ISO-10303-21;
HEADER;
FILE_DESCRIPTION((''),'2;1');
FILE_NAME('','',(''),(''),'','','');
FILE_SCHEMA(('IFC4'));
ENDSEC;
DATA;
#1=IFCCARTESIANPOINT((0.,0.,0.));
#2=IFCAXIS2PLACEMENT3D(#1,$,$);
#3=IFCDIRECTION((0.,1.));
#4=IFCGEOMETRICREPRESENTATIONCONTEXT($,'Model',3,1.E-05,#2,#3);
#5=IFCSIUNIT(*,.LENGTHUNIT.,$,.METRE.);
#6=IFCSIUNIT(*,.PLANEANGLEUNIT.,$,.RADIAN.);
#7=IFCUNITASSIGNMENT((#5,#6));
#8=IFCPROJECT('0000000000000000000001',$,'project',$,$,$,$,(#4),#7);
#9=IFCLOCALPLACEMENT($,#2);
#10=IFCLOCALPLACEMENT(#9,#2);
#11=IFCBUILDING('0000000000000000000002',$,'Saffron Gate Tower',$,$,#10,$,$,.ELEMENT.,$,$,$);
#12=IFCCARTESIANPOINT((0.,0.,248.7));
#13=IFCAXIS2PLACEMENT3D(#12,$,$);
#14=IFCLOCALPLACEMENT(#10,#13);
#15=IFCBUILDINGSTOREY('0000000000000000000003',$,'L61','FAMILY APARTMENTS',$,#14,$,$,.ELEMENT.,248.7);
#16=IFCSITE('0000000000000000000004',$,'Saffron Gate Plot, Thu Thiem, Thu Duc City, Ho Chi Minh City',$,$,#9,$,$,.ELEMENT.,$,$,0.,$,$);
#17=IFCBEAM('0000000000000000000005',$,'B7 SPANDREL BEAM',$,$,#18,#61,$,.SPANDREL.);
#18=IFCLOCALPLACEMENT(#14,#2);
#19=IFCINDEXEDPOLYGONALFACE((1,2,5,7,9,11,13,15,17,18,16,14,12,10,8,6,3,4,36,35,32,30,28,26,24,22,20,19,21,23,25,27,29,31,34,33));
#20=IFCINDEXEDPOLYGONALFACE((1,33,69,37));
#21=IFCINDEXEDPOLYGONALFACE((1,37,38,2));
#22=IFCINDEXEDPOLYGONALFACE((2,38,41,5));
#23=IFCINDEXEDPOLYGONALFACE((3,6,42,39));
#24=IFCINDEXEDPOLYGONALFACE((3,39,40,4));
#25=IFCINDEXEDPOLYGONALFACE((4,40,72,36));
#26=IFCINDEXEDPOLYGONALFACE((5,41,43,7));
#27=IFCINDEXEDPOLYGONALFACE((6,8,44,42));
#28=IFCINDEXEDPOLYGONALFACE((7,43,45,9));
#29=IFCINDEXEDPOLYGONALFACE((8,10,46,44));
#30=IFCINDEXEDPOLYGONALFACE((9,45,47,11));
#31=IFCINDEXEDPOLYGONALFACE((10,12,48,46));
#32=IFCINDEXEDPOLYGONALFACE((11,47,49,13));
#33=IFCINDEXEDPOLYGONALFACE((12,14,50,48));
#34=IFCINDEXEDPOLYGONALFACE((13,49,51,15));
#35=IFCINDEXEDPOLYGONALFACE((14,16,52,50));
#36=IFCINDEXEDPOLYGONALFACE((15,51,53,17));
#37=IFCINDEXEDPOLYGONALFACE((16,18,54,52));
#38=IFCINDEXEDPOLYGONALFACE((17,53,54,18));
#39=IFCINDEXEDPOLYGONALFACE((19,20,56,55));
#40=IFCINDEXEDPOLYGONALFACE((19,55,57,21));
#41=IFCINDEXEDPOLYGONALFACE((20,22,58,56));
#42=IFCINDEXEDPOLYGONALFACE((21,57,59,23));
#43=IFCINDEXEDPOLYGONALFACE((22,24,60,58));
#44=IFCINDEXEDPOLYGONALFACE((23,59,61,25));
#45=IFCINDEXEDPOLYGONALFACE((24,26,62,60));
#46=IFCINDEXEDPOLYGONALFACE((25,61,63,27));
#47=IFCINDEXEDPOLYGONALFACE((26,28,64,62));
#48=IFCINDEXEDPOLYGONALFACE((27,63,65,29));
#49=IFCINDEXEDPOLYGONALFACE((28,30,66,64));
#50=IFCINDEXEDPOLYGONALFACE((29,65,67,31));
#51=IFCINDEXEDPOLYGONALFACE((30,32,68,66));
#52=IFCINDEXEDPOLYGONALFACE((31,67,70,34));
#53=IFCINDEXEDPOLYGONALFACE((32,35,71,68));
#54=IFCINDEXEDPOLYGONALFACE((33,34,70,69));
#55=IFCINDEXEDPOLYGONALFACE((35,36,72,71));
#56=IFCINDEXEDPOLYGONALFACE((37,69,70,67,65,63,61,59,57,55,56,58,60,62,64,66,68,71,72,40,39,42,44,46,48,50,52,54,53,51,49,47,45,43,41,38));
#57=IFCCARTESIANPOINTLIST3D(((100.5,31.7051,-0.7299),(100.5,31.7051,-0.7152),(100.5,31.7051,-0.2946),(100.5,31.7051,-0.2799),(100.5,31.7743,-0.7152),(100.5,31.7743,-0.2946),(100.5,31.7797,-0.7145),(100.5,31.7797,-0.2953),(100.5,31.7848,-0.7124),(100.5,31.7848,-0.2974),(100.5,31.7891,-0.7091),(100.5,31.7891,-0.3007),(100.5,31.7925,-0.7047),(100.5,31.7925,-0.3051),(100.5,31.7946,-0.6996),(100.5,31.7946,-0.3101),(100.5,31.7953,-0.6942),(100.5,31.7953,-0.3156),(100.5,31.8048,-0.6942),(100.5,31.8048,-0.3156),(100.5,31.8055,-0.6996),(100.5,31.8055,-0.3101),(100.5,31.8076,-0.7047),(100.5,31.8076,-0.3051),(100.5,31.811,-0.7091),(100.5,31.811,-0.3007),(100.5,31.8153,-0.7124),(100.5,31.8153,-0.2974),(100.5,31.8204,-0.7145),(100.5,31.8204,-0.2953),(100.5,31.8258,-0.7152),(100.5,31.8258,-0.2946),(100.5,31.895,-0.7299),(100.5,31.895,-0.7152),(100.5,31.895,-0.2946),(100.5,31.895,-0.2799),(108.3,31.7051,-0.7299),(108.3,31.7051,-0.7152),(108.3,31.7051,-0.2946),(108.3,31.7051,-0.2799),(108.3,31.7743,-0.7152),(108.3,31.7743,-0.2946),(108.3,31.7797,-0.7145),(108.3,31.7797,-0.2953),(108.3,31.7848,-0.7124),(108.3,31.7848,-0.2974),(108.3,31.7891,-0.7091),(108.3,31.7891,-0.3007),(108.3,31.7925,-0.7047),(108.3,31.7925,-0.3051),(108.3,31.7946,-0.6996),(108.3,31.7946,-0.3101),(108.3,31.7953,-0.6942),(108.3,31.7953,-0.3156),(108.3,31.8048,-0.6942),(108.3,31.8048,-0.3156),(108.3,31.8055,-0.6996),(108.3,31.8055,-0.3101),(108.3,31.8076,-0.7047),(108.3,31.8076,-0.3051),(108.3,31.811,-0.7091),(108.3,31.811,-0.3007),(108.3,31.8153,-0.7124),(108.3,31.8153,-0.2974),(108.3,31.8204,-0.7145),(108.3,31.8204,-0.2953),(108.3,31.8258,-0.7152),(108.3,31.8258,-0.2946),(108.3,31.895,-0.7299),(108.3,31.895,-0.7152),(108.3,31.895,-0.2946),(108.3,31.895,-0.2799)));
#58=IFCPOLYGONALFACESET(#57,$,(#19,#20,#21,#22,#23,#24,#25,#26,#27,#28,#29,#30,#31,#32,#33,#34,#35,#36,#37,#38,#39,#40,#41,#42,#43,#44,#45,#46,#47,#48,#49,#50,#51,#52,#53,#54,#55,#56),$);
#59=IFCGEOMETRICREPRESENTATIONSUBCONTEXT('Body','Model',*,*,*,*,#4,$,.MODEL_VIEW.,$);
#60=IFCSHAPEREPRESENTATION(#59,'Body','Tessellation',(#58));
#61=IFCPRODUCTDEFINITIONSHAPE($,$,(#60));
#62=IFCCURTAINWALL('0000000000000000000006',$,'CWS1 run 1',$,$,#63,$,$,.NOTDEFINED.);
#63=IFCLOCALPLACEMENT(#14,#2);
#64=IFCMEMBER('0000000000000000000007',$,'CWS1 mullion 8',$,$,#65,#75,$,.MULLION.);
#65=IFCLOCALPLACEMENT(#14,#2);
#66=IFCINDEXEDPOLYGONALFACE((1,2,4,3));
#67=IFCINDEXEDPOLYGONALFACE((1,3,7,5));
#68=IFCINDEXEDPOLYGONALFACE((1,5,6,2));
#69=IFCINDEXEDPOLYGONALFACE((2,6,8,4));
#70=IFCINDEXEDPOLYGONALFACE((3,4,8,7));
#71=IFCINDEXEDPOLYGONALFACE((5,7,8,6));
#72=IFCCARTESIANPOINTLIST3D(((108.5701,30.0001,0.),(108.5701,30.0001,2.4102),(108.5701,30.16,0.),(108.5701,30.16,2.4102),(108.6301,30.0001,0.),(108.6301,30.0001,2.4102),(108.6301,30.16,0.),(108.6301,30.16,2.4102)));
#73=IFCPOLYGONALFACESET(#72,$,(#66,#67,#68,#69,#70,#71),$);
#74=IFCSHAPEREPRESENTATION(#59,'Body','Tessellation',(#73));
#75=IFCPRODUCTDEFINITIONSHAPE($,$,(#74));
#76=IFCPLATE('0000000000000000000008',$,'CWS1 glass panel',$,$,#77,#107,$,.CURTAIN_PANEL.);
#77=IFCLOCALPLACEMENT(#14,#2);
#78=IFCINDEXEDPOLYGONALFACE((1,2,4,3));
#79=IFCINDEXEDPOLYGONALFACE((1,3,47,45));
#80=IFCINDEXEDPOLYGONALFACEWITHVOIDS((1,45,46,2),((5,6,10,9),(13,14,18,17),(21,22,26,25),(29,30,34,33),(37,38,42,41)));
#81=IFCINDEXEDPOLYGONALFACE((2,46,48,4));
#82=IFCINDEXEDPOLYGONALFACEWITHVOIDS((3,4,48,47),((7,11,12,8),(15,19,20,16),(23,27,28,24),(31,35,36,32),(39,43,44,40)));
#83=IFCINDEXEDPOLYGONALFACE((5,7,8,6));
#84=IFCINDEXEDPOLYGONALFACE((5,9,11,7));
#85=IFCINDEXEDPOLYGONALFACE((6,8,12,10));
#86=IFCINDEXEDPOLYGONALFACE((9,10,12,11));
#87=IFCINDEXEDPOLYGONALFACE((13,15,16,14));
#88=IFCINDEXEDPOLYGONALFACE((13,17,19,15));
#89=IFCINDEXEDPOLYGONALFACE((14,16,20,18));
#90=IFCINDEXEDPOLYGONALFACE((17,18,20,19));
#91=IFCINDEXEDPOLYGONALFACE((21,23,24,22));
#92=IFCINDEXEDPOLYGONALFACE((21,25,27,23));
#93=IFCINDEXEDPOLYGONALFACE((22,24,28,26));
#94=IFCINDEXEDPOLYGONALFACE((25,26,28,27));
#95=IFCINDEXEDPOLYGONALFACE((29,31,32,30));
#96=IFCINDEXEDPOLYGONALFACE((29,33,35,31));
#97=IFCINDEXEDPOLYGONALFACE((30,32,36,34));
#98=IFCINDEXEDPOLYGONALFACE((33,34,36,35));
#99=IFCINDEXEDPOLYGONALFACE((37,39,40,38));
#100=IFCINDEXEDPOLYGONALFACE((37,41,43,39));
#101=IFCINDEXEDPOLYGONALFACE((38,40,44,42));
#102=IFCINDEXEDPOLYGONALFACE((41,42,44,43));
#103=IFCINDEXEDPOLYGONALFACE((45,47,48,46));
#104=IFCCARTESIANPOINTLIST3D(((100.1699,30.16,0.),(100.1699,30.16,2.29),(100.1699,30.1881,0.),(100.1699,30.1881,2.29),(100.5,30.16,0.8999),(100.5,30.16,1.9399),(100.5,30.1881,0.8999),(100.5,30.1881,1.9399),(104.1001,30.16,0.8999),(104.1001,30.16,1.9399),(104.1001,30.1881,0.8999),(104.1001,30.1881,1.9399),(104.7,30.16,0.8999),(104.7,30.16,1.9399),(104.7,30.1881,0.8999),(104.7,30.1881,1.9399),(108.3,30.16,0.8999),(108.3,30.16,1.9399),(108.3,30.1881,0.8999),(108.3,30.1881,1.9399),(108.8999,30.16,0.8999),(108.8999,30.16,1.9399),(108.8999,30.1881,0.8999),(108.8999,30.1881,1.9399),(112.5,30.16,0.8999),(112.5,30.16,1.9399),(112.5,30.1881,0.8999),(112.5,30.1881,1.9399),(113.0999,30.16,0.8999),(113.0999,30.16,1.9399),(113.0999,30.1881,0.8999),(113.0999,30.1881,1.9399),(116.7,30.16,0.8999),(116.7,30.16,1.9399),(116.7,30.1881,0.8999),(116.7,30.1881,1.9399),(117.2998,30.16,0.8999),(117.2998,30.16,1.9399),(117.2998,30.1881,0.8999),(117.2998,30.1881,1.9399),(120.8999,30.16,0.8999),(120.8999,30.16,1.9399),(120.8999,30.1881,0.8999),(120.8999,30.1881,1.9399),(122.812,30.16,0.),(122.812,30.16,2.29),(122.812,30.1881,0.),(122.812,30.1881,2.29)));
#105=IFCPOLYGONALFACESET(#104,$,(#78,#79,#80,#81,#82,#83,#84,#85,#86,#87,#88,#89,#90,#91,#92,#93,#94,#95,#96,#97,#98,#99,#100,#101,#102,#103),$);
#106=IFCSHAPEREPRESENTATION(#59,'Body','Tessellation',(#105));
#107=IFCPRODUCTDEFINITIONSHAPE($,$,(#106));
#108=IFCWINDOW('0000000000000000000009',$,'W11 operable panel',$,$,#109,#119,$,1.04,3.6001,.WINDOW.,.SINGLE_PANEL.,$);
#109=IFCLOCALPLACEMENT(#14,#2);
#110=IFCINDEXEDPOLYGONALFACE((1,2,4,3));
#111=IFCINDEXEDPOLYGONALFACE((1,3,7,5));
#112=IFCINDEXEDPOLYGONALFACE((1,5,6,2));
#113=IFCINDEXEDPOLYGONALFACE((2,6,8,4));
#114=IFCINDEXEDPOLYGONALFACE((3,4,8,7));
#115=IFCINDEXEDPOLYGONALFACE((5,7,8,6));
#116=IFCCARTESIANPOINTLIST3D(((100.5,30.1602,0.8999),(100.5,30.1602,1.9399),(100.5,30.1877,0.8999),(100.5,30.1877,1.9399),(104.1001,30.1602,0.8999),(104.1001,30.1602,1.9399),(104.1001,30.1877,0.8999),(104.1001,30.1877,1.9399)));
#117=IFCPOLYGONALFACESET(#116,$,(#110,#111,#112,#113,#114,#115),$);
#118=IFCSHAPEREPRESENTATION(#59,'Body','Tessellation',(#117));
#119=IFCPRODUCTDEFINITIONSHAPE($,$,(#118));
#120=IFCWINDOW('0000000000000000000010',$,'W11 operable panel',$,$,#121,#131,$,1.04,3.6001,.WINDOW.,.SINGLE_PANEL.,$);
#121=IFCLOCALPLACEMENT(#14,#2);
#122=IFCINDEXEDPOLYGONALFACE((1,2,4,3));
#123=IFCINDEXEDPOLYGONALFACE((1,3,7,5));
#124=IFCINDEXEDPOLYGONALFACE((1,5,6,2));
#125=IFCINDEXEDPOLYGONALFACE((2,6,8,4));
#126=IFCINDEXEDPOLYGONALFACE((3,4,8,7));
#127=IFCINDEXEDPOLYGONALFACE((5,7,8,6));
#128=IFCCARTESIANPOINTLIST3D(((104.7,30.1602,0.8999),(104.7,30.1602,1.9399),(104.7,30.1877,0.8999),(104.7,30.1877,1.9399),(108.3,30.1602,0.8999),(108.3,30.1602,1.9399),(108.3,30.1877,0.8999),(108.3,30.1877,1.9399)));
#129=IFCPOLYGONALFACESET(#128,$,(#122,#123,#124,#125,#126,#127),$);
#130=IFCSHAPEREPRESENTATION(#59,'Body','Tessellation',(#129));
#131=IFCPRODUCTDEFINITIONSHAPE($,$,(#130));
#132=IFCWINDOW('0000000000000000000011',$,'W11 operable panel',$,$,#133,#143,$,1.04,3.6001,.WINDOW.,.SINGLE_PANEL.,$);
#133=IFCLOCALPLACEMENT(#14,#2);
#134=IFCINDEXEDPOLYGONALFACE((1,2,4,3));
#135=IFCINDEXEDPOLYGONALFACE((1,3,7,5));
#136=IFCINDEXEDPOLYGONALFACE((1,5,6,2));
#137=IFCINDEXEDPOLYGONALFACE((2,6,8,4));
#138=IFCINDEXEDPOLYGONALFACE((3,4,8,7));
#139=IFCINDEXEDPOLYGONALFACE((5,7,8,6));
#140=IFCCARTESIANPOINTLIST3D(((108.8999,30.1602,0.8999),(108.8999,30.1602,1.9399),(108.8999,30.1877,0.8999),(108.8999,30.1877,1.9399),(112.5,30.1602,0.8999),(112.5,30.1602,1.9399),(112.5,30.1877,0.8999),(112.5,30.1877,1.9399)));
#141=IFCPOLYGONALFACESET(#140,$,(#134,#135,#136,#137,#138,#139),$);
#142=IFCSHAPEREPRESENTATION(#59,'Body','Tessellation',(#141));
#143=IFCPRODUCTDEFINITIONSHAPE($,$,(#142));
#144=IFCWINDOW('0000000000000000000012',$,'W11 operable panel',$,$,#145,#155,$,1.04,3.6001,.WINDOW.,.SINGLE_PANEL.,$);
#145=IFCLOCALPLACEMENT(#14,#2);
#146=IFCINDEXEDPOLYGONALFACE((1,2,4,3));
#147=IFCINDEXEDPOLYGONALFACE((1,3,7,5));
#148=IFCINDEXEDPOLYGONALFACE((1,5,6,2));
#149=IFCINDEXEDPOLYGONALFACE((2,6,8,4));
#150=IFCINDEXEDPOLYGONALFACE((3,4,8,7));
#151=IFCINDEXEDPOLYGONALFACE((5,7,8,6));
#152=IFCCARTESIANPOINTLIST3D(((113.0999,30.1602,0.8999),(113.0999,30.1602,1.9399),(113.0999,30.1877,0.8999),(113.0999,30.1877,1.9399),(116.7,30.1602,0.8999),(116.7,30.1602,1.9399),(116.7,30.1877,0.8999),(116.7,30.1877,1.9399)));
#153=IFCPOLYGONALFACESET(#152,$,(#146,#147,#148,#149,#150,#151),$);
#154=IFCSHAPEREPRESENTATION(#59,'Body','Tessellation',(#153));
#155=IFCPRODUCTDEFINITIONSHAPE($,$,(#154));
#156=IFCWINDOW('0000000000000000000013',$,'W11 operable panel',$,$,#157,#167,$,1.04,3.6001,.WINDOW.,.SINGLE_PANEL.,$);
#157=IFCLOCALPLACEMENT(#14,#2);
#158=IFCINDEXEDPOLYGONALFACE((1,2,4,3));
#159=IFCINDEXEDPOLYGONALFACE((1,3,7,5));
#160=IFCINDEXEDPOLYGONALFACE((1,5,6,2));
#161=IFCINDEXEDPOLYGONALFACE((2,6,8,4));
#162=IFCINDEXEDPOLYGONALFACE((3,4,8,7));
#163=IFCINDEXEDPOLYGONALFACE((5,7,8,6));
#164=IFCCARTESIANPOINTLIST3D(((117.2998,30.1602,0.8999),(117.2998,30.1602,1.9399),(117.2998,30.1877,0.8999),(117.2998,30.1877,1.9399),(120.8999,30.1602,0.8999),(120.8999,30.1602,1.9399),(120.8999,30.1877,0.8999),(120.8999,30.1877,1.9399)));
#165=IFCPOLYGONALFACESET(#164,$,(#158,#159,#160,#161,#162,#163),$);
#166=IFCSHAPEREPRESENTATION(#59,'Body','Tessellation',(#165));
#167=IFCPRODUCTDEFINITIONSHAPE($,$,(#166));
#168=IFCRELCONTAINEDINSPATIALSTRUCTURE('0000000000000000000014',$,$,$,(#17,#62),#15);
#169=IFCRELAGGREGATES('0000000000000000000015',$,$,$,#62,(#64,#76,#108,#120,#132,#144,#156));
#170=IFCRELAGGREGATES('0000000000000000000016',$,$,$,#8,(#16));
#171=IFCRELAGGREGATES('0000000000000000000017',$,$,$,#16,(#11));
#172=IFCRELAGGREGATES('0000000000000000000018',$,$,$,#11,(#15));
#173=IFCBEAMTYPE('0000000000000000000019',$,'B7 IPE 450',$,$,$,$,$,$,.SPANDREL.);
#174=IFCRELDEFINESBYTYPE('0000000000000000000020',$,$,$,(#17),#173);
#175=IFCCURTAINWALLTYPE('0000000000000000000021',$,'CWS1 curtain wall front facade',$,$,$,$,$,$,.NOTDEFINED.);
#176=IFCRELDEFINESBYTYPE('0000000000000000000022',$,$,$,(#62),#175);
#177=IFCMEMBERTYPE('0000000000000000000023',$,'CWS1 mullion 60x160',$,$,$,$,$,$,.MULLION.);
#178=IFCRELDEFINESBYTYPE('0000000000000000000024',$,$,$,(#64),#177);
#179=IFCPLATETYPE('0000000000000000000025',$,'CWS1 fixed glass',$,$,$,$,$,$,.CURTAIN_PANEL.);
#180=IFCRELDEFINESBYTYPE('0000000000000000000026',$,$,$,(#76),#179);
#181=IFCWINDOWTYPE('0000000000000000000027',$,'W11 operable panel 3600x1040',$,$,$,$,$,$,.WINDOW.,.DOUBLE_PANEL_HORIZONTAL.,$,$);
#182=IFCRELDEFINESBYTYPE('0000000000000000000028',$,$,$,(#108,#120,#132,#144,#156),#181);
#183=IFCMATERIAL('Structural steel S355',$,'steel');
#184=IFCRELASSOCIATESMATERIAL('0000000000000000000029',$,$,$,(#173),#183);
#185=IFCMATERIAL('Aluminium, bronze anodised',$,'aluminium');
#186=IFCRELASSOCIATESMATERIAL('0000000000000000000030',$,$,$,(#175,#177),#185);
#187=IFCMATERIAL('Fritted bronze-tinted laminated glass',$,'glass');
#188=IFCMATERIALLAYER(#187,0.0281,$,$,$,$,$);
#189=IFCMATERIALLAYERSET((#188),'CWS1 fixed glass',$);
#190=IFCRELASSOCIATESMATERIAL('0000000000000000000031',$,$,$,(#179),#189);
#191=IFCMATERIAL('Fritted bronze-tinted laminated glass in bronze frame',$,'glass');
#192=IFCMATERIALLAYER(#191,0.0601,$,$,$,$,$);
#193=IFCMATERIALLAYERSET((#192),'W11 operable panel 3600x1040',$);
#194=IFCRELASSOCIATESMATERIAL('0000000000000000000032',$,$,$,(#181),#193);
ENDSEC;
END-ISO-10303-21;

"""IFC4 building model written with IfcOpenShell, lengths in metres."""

from ifc_helpers import new_model, si_unit, direction, frame, frame_2d, origin, origin_2d, place, context, subcontext, project, spatial, rectangle, i_section, extrude, material, layer, layer_set, material_profile, profile_set, type_object, element, fill, aggregate, save


model = new_model("IFC4")

# Units and contexts
model_context = context("Model", 3, precision=1e-05, world=origin(), true_north=direction((0.0, 1.0)))
body_context = subcontext(model_context, "Body", "Model", "MODEL_VIEW")
ifc_project = project(units=[si_unit("LENGTHUNIT", "METRE"), si_unit("PLANEANGLEUNIT", "RADIAN")], contexts=[model_context])

# Site, building, storey
site_placement = place(None, origin())
site = spatial("IfcSite", under=ifc_project, at=site_placement, Name="Saffron Gate Plot, Thu Thiem, Thu Duc City, Ho Chi Minh City", CompositionType="ELEMENT", RefElevation=0.0)
building_placement = place(site_placement, origin())
building = spatial("IfcBuilding", under=site, at=building_placement, Name="Saffron Gate Tower", CompositionType="ELEMENT")
storey_placement = place(building_placement, frame((0.0, 0.0, 248.7)))
storey = spatial("IfcBuildingStorey", under=building, at=storey_placement, Name="L61", Description="FAMILY APARTMENTS", CompositionType="ELEMENT", Elevation=248.7)

# Beam
ifc_material_1 = material(Name="Structural steel S355", Category="steel")
ifc_material_profile_1 = material_profile(ifc_material_1, i_section(OverallWidth=0.1899, OverallDepth=0.45, WebThickness=0.0095, FlangeThickness=0.0146, FilletRadius=0.021, at=origin_2d()))
ifc_profile_set_1 = profile_set([ifc_material_profile_1], Name="Structural steel S355")
beam_type_1 = type_object("IfcBeamType", Name="B7 IPE 450", PredefinedType="SPANDREL", material=ifc_profile_set_1)
beam_1_placement = place(storey_placement, frame((100.5, 31.8, -0.5049), z_axis=(1.0, 0.0, 0.0), x_axis=(0.0, 1.0, 0.0)))
element("IfcBeam", 1, at=beam_1_placement, inside=storey, type_object=beam_type_1, Name="B7 SPANDREL BEAM", PredefinedType="SPANDREL", context=body_context, shape_type="SweptSolid", body=[
    extrude(i_section(OverallWidth=0.1899, OverallDepth=0.45, WebThickness=0.0095, FlangeThickness=0.0146, FilletRadius=0.021, at=origin_2d()), origin(), (0.0, 0.0, 1.0), 7.8),
])

# Curtain wall, member, plate, openings, windows
ifc_material_2 = material(Name="Aluminium, bronze anodised", Category="aluminium")
curtain_wall_type = type_object("IfcCurtainWallType", Name="CWS1 curtain wall front facade", PredefinedType="NOTDEFINED", material=ifc_material_2)
curtain_wall_placement = place(storey_placement, origin())
curtain_wall = element("IfcCurtainWall", 2, at=curtain_wall_placement, inside=storey, type_object=curtain_wall_type, Name="CWS1 run 1", PredefinedType="NOTDEFINED")
ifc_material_profile_2 = material_profile(ifc_material_2, rectangle(XDim=0.1599, YDim=0.0601, at=origin_2d()))
ifc_profile_set_2 = profile_set([ifc_material_profile_2], Name="Aluminium, bronze anodised")
member_type = type_object("IfcMemberType", Name="CWS1 mullion 60x160", PredefinedType="MULLION", material=ifc_profile_set_2)
member_placement = place(storey_placement, frame((108.6001, 30.0801, 0.0), z_axis=(0.0, 0.0, 1.0), x_axis=(0.0, 1.0, 0.0)))
member = element("IfcMember", 3, at=member_placement, type_object=member_type, Name="CWS1 mullion 8", PredefinedType="MULLION", context=body_context, shape_type="SweptSolid", body=[
    extrude(rectangle(XDim=0.1599, YDim=0.0601, at=origin_2d()), origin(), (0.0, 0.0, 1.0), 2.4102),
])
ifc_material_3 = material(Name="Fritted bronze-tinted laminated glass", Category="glass")
ifc_layer_1 = layer(ifc_material_3, 0.0281)
ifc_layer_set_1 = layer_set([ifc_layer_1], Name="CWS1 fixed glass")
plate_type = type_object("IfcPlateType", Name="CWS1 fixed glass", PredefinedType="CURTAIN_PANEL", material=ifc_layer_set_1)
plate_placement = place(storey_placement, frame((100.1699, 30.1741, 0.0), z_axis=(0.0, 0.0, 1.0), x_axis=(1.0, 0.0, 0.0)))
plate = element("IfcPlate", 4, at=plate_placement, type_object=plate_type, Name="CWS1 glass panel", PredefinedType="CURTAIN_PANEL", context=body_context, shape_type="SweptSolid", body=[
    extrude(rectangle(XDim=22.6421, YDim=0.0281, at=frame_2d((11.321, 0.0))), origin(), (0.0, 0.0, 1.0), 2.29),
])
opening_1_placement = place(plate_placement, frame((0.3301, 0.0, 0.8999)))
opening_1 = element("IfcOpeningElement", 5, at=opening_1_placement, cuts=plate, PredefinedType="OPENING", context=body_context, shape_type="SweptSolid", body=[
    extrude(rectangle(XDim=3.6001, YDim=1.04, at=frame_2d((1.8, 0.52))), frame((0.0, 0.0239, 0.0), z_axis=(0.0, -1.0, 0.0), x_axis=(1.0, 0.0, 0.0)), (0.0, 0.0, 1.0), 0.0481),
])
opening_2_placement = place(plate_placement, frame((4.53, 0.0, 0.8999)))
opening_2 = element("IfcOpeningElement", 6, at=opening_2_placement, cuts=plate, PredefinedType="OPENING", context=body_context, shape_type="SweptSolid", body=[
    extrude(rectangle(XDim=3.6001, YDim=1.04, at=frame_2d((1.8, 0.52))), frame((0.0, 0.0239, 0.0), z_axis=(0.0, -1.0, 0.0), x_axis=(1.0, 0.0, 0.0)), (0.0, 0.0, 1.0), 0.0481),
])
opening_3_placement = place(plate_placement, frame((8.73, 0.0, 0.8999)))
opening_3 = element("IfcOpeningElement", 7, at=opening_3_placement, cuts=plate, PredefinedType="OPENING", context=body_context, shape_type="SweptSolid", body=[
    extrude(rectangle(XDim=3.6001, YDim=1.04, at=frame_2d((1.8, 0.52))), frame((0.0, 0.0239, 0.0), z_axis=(0.0, -1.0, 0.0), x_axis=(1.0, 0.0, 0.0)), (0.0, 0.0, 1.0), 0.0481),
])
opening_4_placement = place(plate_placement, frame((12.9299, 0.0, 0.8999)))
opening_4 = element("IfcOpeningElement", 8, at=opening_4_placement, cuts=plate, PredefinedType="OPENING", context=body_context, shape_type="SweptSolid", body=[
    extrude(rectangle(XDim=3.6001, YDim=1.04, at=frame_2d((1.8, 0.52))), frame((0.0, 0.0239, 0.0), z_axis=(0.0, -1.0, 0.0), x_axis=(1.0, 0.0, 0.0)), (0.0, 0.0, 1.0), 0.0481),
])
opening_5_placement = place(plate_placement, frame((17.1299, 0.0, 0.8999)))
opening_5 = element("IfcOpeningElement", 9, at=opening_5_placement, cuts=plate, PredefinedType="OPENING", context=body_context, shape_type="SweptSolid", body=[
    extrude(rectangle(XDim=3.6001, YDim=1.04, at=frame_2d((1.8, 0.52))), frame((0.0, 0.0239, 0.0), z_axis=(0.0, -1.0, 0.0), x_axis=(1.0, 0.0, 0.0)), (0.0, 0.0, 1.0), 0.0481),
])
ifc_material_4 = material(Name="Fritted bronze-tinted laminated glass in bronze frame", Category="glass")
ifc_layer_2 = layer(ifc_material_4, 0.0601)
ifc_layer_set_2 = layer_set([ifc_layer_2], Name="W11 operable panel 3600x1040")
window_type = type_object("IfcWindowType", Name="W11 operable panel 3600x1040", PartitioningType="DOUBLE_PANEL_HORIZONTAL", PredefinedType="WINDOW", material=ifc_layer_set_2)
window_1_placement = place(opening_1_placement, origin())
window_1 = element("IfcWindow", 10, at=window_1_placement, type_object=window_type, Name="W11 operable panel", OverallHeight=1.04, OverallWidth=3.6001, PartitioningType="SINGLE_PANEL", PredefinedType="WINDOW", context=body_context, shape_type="SweptSolid", body=[
    extrude(rectangle(XDim=3.6001, YDim=1.04, at=frame_2d((1.8, 0.52))), frame((0.0, 0.0137, 0.0), z_axis=(0.0, -1.0, 0.0), x_axis=(1.0, 0.0, 0.0)), (0.0, 0.0, 1.0), 0.0276),
])
fill(opening_1, window_1)
window_2_placement = place(opening_2_placement, origin())
window_2 = element("IfcWindow", 11, at=window_2_placement, type_object=window_type, Name="W11 operable panel", OverallHeight=1.04, OverallWidth=3.6001, PartitioningType="SINGLE_PANEL", PredefinedType="WINDOW", context=body_context, shape_type="SweptSolid", body=[
    extrude(rectangle(XDim=3.6001, YDim=1.04, at=frame_2d((1.8, 0.52))), frame((0.0, 0.0137, 0.0), z_axis=(0.0, -1.0, 0.0), x_axis=(1.0, 0.0, 0.0)), (0.0, 0.0, 1.0), 0.0276),
])
fill(opening_2, window_2)
window_3_placement = place(opening_3_placement, origin())
window_3 = element("IfcWindow", 12, at=window_3_placement, type_object=window_type, Name="W11 operable panel", OverallHeight=1.04, OverallWidth=3.6001, PartitioningType="SINGLE_PANEL", PredefinedType="WINDOW", context=body_context, shape_type="SweptSolid", body=[
    extrude(rectangle(XDim=3.6001, YDim=1.04, at=frame_2d((1.8, 0.52))), frame((0.0, 0.0137, 0.0), z_axis=(0.0, -1.0, 0.0), x_axis=(1.0, 0.0, 0.0)), (0.0, 0.0, 1.0), 0.0276),
])
fill(opening_3, window_3)
window_4_placement = place(opening_4_placement, origin())
window_4 = element("IfcWindow", 13, at=window_4_placement, type_object=window_type, Name="W11 operable panel", OverallHeight=1.04, OverallWidth=3.6001, PartitioningType="SINGLE_PANEL", PredefinedType="WINDOW", context=body_context, shape_type="SweptSolid", body=[
    extrude(rectangle(XDim=3.6001, YDim=1.04, at=frame_2d((1.8, 0.52))), frame((0.0, 0.0137, 0.0), z_axis=(0.0, -1.0, 0.0), x_axis=(1.0, 0.0, 0.0)), (0.0, 0.0, 1.0), 0.0276),
])
fill(opening_4, window_4)
window_5_placement = place(opening_5_placement, origin())
window_5 = element("IfcWindow", 14, at=window_5_placement, type_object=window_type, Name="W11 operable panel", OverallHeight=1.04, OverallWidth=3.6001, PartitioningType="SINGLE_PANEL", PredefinedType="WINDOW", context=body_context, shape_type="SweptSolid", body=[
    extrude(rectangle(XDim=3.6001, YDim=1.04, at=frame_2d((1.8, 0.52))), frame((0.0, 0.0137, 0.0), z_axis=(0.0, -1.0, 0.0), x_axis=(1.0, 0.0, 0.0)), (0.0, 0.0, 1.0), 0.0276),
])
fill(opening_5, window_5)
aggregate(curtain_wall, [member, plate, window_1, window_2, window_3, window_4, window_5])

save(model, "model.ifc")
